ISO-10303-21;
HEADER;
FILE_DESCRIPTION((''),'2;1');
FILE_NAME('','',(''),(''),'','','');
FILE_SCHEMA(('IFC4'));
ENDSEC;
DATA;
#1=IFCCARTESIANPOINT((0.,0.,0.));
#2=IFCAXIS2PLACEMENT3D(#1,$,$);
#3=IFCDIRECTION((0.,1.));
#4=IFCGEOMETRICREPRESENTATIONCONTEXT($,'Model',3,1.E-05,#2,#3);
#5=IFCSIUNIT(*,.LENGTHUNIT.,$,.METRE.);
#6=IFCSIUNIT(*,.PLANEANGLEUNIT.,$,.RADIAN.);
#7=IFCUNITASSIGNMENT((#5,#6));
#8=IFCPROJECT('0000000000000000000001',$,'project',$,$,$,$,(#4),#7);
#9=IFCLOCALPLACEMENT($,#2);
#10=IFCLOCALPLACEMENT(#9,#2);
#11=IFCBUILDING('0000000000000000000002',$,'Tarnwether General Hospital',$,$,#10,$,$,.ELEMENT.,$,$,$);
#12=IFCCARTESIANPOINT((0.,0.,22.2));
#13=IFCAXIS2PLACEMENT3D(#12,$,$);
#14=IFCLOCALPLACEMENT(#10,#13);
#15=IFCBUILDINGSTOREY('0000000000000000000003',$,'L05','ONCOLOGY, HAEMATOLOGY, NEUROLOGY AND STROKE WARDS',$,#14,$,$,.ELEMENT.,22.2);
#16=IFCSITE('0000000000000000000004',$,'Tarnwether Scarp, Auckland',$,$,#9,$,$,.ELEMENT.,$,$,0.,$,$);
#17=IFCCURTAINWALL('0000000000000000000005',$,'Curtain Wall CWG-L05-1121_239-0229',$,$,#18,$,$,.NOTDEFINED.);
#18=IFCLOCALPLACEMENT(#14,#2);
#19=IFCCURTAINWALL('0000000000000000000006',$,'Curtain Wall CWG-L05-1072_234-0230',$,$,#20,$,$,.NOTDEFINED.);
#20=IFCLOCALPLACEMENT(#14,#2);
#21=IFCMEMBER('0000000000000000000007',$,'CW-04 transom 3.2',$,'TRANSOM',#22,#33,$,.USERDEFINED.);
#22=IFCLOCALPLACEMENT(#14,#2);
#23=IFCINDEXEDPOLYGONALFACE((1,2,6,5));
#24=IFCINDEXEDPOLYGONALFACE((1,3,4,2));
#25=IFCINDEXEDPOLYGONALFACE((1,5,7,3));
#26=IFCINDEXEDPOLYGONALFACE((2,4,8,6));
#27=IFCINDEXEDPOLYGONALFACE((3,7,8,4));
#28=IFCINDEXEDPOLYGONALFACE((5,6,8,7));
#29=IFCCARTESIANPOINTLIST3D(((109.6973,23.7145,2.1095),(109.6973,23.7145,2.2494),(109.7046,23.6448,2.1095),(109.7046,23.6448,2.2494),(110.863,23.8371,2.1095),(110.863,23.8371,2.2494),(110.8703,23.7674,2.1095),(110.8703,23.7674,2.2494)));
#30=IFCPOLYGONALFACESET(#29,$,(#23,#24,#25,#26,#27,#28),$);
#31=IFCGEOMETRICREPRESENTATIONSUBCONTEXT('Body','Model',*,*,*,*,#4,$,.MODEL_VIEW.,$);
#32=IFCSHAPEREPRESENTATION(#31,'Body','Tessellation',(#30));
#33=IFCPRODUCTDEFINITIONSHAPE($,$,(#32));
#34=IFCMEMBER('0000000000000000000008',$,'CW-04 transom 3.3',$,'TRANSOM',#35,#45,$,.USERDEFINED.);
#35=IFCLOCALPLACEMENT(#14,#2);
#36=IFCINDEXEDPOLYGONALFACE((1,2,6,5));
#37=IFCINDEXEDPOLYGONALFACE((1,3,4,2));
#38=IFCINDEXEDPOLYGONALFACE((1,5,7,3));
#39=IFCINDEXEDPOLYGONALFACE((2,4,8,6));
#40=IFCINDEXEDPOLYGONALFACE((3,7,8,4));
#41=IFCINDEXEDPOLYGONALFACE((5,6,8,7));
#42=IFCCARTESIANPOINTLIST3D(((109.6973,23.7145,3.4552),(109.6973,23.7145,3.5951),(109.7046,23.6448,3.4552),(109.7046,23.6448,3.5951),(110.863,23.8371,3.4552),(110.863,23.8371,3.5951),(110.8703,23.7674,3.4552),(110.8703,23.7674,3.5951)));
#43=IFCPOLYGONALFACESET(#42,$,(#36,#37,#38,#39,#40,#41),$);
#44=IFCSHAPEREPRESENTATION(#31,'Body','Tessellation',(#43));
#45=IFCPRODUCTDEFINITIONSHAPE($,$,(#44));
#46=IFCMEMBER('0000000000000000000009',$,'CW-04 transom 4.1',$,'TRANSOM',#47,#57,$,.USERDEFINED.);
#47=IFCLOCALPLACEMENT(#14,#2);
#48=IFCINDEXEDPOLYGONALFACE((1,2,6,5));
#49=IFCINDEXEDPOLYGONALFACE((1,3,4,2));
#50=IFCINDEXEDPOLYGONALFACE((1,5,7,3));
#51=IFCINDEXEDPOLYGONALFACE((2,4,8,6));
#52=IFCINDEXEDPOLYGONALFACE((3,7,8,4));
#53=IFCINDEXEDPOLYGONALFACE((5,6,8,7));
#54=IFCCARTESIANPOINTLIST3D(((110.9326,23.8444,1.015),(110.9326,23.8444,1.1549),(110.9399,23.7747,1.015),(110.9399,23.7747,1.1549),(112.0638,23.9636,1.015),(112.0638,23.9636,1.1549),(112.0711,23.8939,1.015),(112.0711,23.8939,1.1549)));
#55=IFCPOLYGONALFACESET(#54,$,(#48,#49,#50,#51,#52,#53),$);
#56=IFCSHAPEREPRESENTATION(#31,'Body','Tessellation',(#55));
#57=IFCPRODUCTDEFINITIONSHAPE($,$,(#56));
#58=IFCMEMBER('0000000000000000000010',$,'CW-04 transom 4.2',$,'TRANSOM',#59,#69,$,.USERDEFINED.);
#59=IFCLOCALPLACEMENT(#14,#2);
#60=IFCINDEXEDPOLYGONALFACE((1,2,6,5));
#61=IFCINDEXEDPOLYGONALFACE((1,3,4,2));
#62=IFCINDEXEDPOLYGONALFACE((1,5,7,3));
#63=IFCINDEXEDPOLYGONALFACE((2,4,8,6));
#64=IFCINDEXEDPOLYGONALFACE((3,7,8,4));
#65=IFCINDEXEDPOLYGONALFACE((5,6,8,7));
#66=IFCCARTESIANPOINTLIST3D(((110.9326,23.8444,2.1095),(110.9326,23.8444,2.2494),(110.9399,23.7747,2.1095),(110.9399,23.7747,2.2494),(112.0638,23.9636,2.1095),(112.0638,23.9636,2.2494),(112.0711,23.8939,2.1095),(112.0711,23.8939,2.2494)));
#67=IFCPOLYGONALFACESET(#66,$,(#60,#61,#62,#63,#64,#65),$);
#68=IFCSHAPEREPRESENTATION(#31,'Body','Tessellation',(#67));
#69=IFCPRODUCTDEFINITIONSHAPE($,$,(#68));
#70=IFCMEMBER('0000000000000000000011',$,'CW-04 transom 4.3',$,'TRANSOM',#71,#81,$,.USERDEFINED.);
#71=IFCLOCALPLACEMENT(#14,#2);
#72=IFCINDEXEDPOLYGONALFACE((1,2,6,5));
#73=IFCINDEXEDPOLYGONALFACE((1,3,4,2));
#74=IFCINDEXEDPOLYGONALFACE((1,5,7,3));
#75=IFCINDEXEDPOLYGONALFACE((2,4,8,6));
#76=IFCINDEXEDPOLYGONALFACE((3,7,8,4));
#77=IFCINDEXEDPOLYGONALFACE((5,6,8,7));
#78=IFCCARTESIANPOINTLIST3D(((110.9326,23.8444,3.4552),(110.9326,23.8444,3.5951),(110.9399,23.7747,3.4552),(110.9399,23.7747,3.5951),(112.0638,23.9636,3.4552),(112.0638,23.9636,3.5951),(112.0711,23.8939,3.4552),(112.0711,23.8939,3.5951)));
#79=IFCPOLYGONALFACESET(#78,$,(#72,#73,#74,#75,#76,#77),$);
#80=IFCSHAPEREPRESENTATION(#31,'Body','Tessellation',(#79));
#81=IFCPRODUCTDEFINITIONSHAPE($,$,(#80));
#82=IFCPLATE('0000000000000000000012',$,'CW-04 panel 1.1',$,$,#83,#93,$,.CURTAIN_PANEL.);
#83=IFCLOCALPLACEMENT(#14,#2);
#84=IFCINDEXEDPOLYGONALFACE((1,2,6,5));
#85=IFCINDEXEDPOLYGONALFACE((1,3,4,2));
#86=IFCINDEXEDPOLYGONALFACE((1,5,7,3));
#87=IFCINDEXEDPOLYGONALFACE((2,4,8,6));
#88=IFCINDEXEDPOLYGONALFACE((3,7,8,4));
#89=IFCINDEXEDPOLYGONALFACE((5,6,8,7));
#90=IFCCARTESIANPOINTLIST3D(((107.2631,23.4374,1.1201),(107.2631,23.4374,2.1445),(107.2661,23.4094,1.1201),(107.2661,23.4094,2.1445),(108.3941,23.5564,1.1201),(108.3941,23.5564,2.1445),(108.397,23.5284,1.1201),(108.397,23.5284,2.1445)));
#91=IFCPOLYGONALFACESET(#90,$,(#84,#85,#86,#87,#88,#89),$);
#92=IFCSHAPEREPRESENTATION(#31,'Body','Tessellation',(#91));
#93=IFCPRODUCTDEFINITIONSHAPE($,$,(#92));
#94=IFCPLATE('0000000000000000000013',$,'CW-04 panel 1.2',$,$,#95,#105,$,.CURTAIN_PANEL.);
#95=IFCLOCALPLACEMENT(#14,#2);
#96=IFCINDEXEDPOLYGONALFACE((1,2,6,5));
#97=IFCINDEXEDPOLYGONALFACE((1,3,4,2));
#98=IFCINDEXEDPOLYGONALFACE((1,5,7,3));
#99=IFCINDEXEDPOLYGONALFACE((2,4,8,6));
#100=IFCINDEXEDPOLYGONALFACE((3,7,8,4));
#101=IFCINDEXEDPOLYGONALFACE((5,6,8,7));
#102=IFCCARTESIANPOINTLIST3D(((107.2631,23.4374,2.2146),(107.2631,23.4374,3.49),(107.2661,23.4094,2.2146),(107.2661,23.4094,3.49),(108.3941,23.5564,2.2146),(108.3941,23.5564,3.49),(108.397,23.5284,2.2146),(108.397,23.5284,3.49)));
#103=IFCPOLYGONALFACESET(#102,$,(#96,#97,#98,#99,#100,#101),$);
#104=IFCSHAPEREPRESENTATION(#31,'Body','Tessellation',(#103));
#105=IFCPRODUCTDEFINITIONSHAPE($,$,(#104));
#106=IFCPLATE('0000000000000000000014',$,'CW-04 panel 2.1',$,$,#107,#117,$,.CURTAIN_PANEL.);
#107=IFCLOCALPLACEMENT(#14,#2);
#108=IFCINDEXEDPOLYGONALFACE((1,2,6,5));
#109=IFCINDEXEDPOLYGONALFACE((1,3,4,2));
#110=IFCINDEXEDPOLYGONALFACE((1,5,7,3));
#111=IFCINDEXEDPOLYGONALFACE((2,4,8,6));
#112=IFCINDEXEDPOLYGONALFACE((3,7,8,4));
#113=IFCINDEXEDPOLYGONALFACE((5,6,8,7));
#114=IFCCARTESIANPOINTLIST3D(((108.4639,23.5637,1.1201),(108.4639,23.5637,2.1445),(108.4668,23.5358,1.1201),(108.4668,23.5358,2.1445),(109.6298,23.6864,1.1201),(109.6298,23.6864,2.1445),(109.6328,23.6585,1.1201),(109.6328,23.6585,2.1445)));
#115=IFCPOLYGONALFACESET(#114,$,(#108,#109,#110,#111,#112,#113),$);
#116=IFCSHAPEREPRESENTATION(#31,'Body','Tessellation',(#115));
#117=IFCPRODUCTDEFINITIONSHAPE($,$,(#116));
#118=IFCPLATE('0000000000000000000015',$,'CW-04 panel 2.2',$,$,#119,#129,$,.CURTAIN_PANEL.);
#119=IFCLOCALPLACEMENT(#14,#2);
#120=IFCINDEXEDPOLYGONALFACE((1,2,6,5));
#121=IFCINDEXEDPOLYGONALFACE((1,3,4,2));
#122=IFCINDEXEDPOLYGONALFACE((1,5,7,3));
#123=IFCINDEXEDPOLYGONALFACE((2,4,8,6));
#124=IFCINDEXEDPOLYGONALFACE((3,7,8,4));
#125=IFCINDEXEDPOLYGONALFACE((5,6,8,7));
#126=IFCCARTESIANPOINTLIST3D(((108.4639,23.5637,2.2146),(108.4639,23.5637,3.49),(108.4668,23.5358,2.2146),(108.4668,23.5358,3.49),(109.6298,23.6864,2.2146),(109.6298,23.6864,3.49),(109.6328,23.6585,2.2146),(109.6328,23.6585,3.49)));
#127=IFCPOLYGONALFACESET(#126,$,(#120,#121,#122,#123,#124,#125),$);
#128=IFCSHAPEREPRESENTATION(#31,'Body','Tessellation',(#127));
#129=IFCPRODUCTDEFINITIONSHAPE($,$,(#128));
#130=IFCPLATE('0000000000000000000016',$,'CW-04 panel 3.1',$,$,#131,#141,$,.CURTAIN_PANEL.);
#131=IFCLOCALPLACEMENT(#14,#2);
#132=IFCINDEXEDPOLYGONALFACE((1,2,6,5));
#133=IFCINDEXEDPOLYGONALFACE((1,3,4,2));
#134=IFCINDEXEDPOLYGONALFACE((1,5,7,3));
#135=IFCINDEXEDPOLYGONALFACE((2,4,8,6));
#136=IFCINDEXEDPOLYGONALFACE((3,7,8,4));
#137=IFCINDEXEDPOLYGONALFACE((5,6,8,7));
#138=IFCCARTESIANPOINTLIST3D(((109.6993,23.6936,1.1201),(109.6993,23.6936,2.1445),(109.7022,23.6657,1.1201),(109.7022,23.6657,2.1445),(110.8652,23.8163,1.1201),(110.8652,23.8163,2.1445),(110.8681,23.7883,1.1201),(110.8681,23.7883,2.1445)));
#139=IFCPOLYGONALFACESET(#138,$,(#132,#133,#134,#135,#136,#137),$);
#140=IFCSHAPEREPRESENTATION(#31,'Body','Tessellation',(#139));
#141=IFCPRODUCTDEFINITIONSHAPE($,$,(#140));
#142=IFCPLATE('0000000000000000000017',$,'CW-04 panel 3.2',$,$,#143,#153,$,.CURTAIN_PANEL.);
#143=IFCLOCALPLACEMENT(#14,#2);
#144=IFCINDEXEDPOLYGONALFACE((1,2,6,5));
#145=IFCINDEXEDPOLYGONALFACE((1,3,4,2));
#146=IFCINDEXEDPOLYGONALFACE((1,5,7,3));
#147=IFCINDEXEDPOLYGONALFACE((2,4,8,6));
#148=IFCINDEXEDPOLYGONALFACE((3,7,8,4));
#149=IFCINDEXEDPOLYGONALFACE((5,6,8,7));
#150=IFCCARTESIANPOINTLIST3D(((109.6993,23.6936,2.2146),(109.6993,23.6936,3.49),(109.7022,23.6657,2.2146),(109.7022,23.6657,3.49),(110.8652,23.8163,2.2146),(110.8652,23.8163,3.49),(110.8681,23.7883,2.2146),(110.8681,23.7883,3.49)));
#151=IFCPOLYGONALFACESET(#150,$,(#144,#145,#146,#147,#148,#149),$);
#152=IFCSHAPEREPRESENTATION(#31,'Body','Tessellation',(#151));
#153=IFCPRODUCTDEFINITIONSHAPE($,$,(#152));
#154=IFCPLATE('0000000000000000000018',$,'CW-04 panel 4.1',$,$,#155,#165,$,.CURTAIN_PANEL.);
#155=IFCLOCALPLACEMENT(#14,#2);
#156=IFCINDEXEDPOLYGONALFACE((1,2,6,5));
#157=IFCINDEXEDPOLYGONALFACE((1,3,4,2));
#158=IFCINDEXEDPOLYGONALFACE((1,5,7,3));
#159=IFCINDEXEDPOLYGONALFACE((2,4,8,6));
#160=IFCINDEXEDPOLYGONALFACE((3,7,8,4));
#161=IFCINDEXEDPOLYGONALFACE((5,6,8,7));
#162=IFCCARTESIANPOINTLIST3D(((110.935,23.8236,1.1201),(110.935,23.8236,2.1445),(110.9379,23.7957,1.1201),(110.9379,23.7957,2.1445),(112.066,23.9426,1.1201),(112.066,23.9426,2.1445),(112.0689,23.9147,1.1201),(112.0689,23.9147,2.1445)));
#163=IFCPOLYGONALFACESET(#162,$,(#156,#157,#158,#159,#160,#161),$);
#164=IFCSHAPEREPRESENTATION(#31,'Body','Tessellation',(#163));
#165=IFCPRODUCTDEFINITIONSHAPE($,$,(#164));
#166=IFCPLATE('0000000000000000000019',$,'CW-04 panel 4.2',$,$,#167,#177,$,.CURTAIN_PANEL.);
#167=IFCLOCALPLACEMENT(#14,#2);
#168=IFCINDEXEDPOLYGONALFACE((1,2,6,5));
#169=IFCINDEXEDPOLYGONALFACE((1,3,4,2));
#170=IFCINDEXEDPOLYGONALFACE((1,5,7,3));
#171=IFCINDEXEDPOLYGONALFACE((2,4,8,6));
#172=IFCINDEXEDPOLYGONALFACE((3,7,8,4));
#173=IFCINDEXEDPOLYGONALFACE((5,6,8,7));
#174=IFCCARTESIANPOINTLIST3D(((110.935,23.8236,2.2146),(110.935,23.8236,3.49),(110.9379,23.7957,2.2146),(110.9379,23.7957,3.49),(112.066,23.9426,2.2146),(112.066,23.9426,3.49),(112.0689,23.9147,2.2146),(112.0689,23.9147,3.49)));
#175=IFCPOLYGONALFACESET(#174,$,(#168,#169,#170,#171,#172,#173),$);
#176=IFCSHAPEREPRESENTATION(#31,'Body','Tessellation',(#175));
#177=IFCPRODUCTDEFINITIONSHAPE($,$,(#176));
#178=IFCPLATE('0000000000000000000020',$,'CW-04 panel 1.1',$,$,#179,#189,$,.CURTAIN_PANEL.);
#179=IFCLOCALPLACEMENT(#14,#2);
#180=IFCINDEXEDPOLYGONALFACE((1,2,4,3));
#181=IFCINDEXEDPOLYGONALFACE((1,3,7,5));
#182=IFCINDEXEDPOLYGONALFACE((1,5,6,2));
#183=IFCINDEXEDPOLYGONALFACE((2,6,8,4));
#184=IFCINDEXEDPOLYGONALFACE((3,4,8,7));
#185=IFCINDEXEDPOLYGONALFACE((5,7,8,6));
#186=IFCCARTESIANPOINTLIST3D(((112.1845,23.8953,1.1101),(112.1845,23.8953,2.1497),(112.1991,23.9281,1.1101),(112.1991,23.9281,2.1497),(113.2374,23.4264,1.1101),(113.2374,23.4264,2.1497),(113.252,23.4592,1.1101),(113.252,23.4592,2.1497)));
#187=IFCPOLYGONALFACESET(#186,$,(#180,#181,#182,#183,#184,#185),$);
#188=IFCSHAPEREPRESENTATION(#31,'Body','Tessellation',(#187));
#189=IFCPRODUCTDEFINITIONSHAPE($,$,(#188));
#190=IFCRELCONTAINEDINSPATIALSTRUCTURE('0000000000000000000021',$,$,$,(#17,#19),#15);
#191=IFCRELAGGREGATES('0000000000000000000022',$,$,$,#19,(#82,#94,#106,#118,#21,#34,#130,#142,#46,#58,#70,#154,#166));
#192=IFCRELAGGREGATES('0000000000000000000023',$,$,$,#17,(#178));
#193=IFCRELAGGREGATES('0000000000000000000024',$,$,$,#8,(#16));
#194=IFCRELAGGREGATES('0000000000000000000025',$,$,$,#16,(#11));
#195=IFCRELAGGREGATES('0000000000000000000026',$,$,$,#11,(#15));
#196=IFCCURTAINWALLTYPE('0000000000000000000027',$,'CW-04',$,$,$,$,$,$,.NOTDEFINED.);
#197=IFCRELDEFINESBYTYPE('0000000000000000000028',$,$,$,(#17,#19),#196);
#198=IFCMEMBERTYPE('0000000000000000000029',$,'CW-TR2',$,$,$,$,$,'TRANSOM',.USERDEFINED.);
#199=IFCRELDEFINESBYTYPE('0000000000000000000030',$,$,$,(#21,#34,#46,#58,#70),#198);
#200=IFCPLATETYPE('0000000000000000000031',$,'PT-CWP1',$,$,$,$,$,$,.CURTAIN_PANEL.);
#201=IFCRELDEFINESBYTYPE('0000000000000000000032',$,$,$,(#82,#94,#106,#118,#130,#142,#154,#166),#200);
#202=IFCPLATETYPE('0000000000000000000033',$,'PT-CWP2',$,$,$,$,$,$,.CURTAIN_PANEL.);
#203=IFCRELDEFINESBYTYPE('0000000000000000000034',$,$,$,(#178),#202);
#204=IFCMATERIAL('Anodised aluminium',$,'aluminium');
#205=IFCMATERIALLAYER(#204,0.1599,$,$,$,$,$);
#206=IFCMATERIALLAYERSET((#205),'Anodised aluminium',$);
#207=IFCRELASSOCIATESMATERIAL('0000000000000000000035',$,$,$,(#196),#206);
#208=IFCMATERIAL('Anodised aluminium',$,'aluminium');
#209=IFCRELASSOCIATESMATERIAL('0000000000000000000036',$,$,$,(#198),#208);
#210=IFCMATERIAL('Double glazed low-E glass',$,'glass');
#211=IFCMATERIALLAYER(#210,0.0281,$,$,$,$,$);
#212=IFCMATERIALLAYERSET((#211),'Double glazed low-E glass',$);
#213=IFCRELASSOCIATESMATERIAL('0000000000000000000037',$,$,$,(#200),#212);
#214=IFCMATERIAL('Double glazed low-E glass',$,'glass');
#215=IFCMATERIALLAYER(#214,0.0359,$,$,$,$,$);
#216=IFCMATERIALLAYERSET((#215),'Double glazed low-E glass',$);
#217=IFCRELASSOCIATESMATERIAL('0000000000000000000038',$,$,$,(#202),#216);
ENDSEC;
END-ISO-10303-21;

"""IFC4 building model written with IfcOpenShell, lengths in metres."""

from ifc_helpers import new_model, si_unit, direction, frame, origin, origin_2d, place, context, subcontext, project, spatial, rectangle, extrude, material, layer, layer_set, material_profile, profile_set, type_object, element, aggregate, save


model = new_model("IFC4")

# Units and contexts
model_context = context("Model", 3, precision=1e-05, world=origin(), true_north=direction((0.0, 1.0)))
body_context = subcontext(model_context, "Body", "Model", "MODEL_VIEW")
ifc_project = project(units=[si_unit("LENGTHUNIT", "METRE"), si_unit("PLANEANGLEUNIT", "RADIAN")], contexts=[model_context])

# Site, building, storey
site_placement = place(None, origin())
site = spatial("IfcSite", under=ifc_project, at=site_placement, Name="Tarnwether Scarp, Auckland", CompositionType="ELEMENT", RefElevation=0.0)
building_placement = place(site_placement, origin())
building = spatial("IfcBuilding", under=site, at=building_placement, Name="Tarnwether General Hospital", CompositionType="ELEMENT")
storey_placement = place(building_placement, frame((0.0, 0.0, 22.2)))
storey = spatial("IfcBuildingStorey", under=building, at=storey_placement, Name="L05", Description="ONCOLOGY, HAEMATOLOGY, NEUROLOGY AND STROKE WARDS", CompositionType="ELEMENT", Elevation=22.2)

# Curtain wall
ifc_material_1 = material(Name="Anodised aluminium", Category="aluminium")
ifc_layer_1 = layer(ifc_material_1, 0.1599)
ifc_layer_set_1 = layer_set([ifc_layer_1], Name="Anodised aluminium")
curtain_wall_type = type_object("IfcCurtainWallType", Name="CW-04", PredefinedType="NOTDEFINED", material=ifc_layer_set_1)
curtain_wall_1_placement = place(storey_placement, origin())
curtain_wall_1 = element("IfcCurtainWall", 1, at=curtain_wall_1_placement, inside=storey, type_object=curtain_wall_type, Name="Curtain Wall CWG-L05-1121_239-0229", PredefinedType="NOTDEFINED")

# Curtain wall
curtain_wall_2_placement = place(storey_placement, origin())
curtain_wall_2 = element("IfcCurtainWall", 2, at=curtain_wall_2_placement, inside=storey, type_object=curtain_wall_type, Name="Curtain Wall CWG-L05-1072_234-0230", PredefinedType="NOTDEFINED")

# Members
ifc_material_2 = material(Name="Anodised aluminium", Category="aluminium")
ifc_material_profile_1 = material_profile(ifc_material_2, rectangle(XDim=0.0701, YDim=0.1399, at=origin_2d()), Name="ALU-TRN-70x140")
ifc_profile_set_1 = profile_set([ifc_material_profile_1], Name="Anodised aluminium")
member_type_1 = type_object("IfcMemberType", Name="CW-TR2", ElementType="TRANSOM", PredefinedType="USERDEFINED", material=ifc_profile_set_1)
member_1_placement = place(storey_placement, frame((109.7009, 23.6797, 2.1794), z_axis=(0.994519, 0.104555, 0.0), x_axis=(-0.104555, 0.994519, 0.0)))
member_1 = element("IfcMember", 3, at=member_1_placement, type_object=member_type_1, Name="CW-04 transom 3.2", ObjectType="TRANSOM", PredefinedType="USERDEFINED", context=body_context, shape_type="SweptSolid", body=[
    extrude(rectangle(XDim=0.0701, YDim=0.1399, at=origin_2d()), origin(), (0.0, 0.0, 1.0), 1.1721),
])
member_2_placement = place(storey_placement, frame((109.7009, 23.6797, 3.5251), z_axis=(0.994519, 0.104555, 0.0), x_axis=(-0.104555, 0.994519, 0.0)))
member_2 = element("IfcMember", 4, at=member_2_placement, type_object=member_type_1, Name="CW-04 transom 3.3", ObjectType="TRANSOM", PredefinedType="USERDEFINED", context=body_context, shape_type="SweptSolid", body=[
    extrude(rectangle(XDim=0.0701, YDim=0.1399, at=origin_2d()), origin(), (0.0, 0.0, 1.0), 1.1721),
])
member_3_placement = place(storey_placement, frame((110.9363, 23.8096, 1.085), z_axis=(0.994498, 0.104752, 0.0), x_axis=(-0.104752, 0.994498, 0.0)))
member_3 = element("IfcMember", 5, at=member_3_placement, type_object=member_type_1, Name="CW-04 transom 4.1", ObjectType="TRANSOM", PredefinedType="USERDEFINED", context=body_context, shape_type="SweptSolid", body=[
    extrude(rectangle(XDim=0.0701, YDim=0.1399, at=origin_2d()), origin(), (0.0, 0.0, 1.0), 1.1375),
])
member_4_placement = place(storey_placement, frame((110.9363, 23.8096, 2.1794), z_axis=(0.994498, 0.104752, 0.0), x_axis=(-0.104752, 0.994498, 0.0)))
member_4 = element("IfcMember", 6, at=member_4_placement, type_object=member_type_1, Name="CW-04 transom 4.2", ObjectType="TRANSOM", PredefinedType="USERDEFINED", context=body_context, shape_type="SweptSolid", body=[
    extrude(rectangle(XDim=0.0701, YDim=0.1399, at=origin_2d()), origin(), (0.0, 0.0, 1.0), 1.1375),
])
member_5_placement = place(storey_placement, frame((110.9363, 23.8096, 3.5251), z_axis=(0.994498, 0.104752, 0.0), x_axis=(-0.104752, 0.994498, 0.0)))
member_5 = element("IfcMember", 7, at=member_5_placement, type_object=member_type_1, Name="CW-04 transom 4.3", ObjectType="TRANSOM", PredefinedType="USERDEFINED", context=body_context, shape_type="SweptSolid", body=[
    extrude(rectangle(XDim=0.0701, YDim=0.1399, at=origin_2d()), origin(), (0.0, 0.0, 1.0), 1.1375),
])

# Plates
ifc_material_3 = material(Name="Double glazed low-E glass", Category="glass")
ifc_layer_2 = layer(ifc_material_3, 0.0281)
ifc_layer_set_2 = layer_set([ifc_layer_2], Name="Double glazed low-E glass")
plate_type_1 = type_object("IfcPlateType", Name="PT-CWP1", PredefinedType="CURTAIN_PANEL", material=ifc_layer_set_2)
plate_1_placement = place(storey_placement, frame((107.8301, 23.4829, 1.1201), z_axis=(0.0, 0.0, 1.0), x_axis=(0.99451, 0.104643, 0.0)))
plate_1 = element("IfcPlate", 8, at=plate_1_placement, type_object=plate_type_1, Name="CW-04 panel 1.1", PredefinedType="CURTAIN_PANEL", context=body_context, shape_type="SweptSolid", body=[
    extrude(rectangle(XDim=1.1372, YDim=0.0281, at=origin_2d()), origin(), (0.0, 0.0, 1.0), 1.0244),
])
plate_2_placement = place(storey_placement, frame((107.8301, 23.4829, 2.2146), z_axis=(0.0, 0.0, 1.0), x_axis=(0.99451, 0.104643, 0.0)))
plate_2 = element("IfcPlate", 9, at=plate_2_placement, type_object=plate_type_1, Name="CW-04 panel 1.2", PredefinedType="CURTAIN_PANEL", context=body_context, shape_type="SweptSolid", body=[
    extrude(rectangle(XDim=1.1372, YDim=0.0281, at=origin_2d()), origin(), (0.0, 0.0, 1.0), 1.2754),
])
plate_3_placement = place(storey_placement, frame((109.0483, 23.6111, 1.1201), z_axis=(0.0, 0.0, 1.0), x_axis=(0.99451, 0.104643, 0.0)))
plate_3 = element("IfcPlate", 10, at=plate_3_placement, type_object=plate_type_1, Name="CW-04 panel 2.1", PredefinedType="CURTAIN_PANEL", context=body_context, shape_type="SweptSolid", body=[
    extrude(rectangle(XDim=1.1724, YDim=0.0281, at=origin_2d()), origin(), (0.0, 0.0, 1.0), 1.0244),
])
plate_4_placement = place(storey_placement, frame((109.0483, 23.6111, 2.2146), z_axis=(0.0, 0.0, 1.0), x_axis=(0.99451, 0.104643, 0.0)))
plate_4 = element("IfcPlate", 11, at=plate_4_placement, type_object=plate_type_1, Name="CW-04 panel 2.2", PredefinedType="CURTAIN_PANEL", context=body_context, shape_type="SweptSolid", body=[
    extrude(rectangle(XDim=1.1724, YDim=0.0281, at=origin_2d()), origin(), (0.0, 0.0, 1.0), 1.2754),
])
plate_5_placement = place(storey_placement, frame((110.2837, 23.741, 1.1201), z_axis=(0.0, 0.0, 1.0), x_axis=(0.99451, 0.104643, 0.0)))
plate_5 = element("IfcPlate", 12, at=plate_5_placement, type_object=plate_type_1, Name="CW-04 panel 3.1", PredefinedType="CURTAIN_PANEL", context=body_context, shape_type="SweptSolid", body=[
    extrude(rectangle(XDim=1.1724, YDim=0.0281, at=origin_2d()), origin(), (0.0, 0.0, 1.0), 1.0244),
])
plate_6_placement = place(storey_placement, frame((110.2837, 23.741, 2.2146), z_axis=(0.0, 0.0, 1.0), x_axis=(0.99451, 0.104643, 0.0)))
plate_6 = element("IfcPlate", 13, at=plate_6_placement, type_object=plate_type_1, Name="CW-04 panel 3.2", PredefinedType="CURTAIN_PANEL", context=body_context, shape_type="SweptSolid", body=[
    extrude(rectangle(XDim=1.1724, YDim=0.0281, at=origin_2d()), origin(), (0.0, 0.0, 1.0), 1.2754),
])
plate_7_placement = place(storey_placement, frame((111.502, 23.8691, 1.1201), z_axis=(0.0, 0.0, 1.0), x_axis=(0.99451, 0.104643, 0.0)))
plate_7 = element("IfcPlate", 14, at=plate_7_placement, type_object=plate_type_1, Name="CW-04 panel 4.1", PredefinedType="CURTAIN_PANEL", context=body_context, shape_type="SweptSolid", body=[
    extrude(rectangle(XDim=1.1372, YDim=0.0281, at=origin_2d()), origin(), (0.0, 0.0, 1.0), 1.0244),
])
plate_8_placement = place(storey_placement, frame((111.502, 23.8691, 2.2146), z_axis=(0.0, 0.0, 1.0), x_axis=(0.99451, 0.104643, 0.0)))
plate_8 = element("IfcPlate", 15, at=plate_8_placement, type_object=plate_type_1, Name="CW-04 panel 4.2", PredefinedType="CURTAIN_PANEL", context=body_context, shape_type="SweptSolid", body=[
    extrude(rectangle(XDim=1.1372, YDim=0.0281, at=origin_2d()), origin(), (0.0, 0.0, 1.0), 1.2754),
])
aggregate(curtain_wall_2, [plate_1, plate_2, plate_3, plate_4, member_1, member_2, plate_5, plate_6, member_3, member_4, member_5, plate_7, plate_8])
ifc_material_4 = material(Name="Double glazed low-E glass", Category="glass")
ifc_layer_3 = layer(ifc_material_4, 0.0359)
ifc_layer_set_3 = layer_set([ifc_layer_3], Name="Double glazed low-E glass")
plate_type_2 = type_object("IfcPlateType", Name="PT-CWP2", PredefinedType="CURTAIN_PANEL", material=ifc_layer_set_3)
plate_9_placement = place(storey_placement, frame((112.7183, 23.6772, 1.1101), z_axis=(0.0, 0.0, 1.0), x_axis=(0.913496, -0.406848, 0.0)))
plate_9 = element("IfcPlate", 16, at=plate_9_placement, type_object=plate_type_2, Name="CW-04 panel 1.1", PredefinedType="CURTAIN_PANEL", context=body_context, shape_type="SweptSolid", body=[
    extrude(rectangle(XDim=1.1526, YDim=0.0359, at=origin_2d()), origin(), (0.0, 0.0, 1.0), 1.0396),
])
aggregate(curtain_wall_1, [plate_9])

save(model, "model.ifc")
